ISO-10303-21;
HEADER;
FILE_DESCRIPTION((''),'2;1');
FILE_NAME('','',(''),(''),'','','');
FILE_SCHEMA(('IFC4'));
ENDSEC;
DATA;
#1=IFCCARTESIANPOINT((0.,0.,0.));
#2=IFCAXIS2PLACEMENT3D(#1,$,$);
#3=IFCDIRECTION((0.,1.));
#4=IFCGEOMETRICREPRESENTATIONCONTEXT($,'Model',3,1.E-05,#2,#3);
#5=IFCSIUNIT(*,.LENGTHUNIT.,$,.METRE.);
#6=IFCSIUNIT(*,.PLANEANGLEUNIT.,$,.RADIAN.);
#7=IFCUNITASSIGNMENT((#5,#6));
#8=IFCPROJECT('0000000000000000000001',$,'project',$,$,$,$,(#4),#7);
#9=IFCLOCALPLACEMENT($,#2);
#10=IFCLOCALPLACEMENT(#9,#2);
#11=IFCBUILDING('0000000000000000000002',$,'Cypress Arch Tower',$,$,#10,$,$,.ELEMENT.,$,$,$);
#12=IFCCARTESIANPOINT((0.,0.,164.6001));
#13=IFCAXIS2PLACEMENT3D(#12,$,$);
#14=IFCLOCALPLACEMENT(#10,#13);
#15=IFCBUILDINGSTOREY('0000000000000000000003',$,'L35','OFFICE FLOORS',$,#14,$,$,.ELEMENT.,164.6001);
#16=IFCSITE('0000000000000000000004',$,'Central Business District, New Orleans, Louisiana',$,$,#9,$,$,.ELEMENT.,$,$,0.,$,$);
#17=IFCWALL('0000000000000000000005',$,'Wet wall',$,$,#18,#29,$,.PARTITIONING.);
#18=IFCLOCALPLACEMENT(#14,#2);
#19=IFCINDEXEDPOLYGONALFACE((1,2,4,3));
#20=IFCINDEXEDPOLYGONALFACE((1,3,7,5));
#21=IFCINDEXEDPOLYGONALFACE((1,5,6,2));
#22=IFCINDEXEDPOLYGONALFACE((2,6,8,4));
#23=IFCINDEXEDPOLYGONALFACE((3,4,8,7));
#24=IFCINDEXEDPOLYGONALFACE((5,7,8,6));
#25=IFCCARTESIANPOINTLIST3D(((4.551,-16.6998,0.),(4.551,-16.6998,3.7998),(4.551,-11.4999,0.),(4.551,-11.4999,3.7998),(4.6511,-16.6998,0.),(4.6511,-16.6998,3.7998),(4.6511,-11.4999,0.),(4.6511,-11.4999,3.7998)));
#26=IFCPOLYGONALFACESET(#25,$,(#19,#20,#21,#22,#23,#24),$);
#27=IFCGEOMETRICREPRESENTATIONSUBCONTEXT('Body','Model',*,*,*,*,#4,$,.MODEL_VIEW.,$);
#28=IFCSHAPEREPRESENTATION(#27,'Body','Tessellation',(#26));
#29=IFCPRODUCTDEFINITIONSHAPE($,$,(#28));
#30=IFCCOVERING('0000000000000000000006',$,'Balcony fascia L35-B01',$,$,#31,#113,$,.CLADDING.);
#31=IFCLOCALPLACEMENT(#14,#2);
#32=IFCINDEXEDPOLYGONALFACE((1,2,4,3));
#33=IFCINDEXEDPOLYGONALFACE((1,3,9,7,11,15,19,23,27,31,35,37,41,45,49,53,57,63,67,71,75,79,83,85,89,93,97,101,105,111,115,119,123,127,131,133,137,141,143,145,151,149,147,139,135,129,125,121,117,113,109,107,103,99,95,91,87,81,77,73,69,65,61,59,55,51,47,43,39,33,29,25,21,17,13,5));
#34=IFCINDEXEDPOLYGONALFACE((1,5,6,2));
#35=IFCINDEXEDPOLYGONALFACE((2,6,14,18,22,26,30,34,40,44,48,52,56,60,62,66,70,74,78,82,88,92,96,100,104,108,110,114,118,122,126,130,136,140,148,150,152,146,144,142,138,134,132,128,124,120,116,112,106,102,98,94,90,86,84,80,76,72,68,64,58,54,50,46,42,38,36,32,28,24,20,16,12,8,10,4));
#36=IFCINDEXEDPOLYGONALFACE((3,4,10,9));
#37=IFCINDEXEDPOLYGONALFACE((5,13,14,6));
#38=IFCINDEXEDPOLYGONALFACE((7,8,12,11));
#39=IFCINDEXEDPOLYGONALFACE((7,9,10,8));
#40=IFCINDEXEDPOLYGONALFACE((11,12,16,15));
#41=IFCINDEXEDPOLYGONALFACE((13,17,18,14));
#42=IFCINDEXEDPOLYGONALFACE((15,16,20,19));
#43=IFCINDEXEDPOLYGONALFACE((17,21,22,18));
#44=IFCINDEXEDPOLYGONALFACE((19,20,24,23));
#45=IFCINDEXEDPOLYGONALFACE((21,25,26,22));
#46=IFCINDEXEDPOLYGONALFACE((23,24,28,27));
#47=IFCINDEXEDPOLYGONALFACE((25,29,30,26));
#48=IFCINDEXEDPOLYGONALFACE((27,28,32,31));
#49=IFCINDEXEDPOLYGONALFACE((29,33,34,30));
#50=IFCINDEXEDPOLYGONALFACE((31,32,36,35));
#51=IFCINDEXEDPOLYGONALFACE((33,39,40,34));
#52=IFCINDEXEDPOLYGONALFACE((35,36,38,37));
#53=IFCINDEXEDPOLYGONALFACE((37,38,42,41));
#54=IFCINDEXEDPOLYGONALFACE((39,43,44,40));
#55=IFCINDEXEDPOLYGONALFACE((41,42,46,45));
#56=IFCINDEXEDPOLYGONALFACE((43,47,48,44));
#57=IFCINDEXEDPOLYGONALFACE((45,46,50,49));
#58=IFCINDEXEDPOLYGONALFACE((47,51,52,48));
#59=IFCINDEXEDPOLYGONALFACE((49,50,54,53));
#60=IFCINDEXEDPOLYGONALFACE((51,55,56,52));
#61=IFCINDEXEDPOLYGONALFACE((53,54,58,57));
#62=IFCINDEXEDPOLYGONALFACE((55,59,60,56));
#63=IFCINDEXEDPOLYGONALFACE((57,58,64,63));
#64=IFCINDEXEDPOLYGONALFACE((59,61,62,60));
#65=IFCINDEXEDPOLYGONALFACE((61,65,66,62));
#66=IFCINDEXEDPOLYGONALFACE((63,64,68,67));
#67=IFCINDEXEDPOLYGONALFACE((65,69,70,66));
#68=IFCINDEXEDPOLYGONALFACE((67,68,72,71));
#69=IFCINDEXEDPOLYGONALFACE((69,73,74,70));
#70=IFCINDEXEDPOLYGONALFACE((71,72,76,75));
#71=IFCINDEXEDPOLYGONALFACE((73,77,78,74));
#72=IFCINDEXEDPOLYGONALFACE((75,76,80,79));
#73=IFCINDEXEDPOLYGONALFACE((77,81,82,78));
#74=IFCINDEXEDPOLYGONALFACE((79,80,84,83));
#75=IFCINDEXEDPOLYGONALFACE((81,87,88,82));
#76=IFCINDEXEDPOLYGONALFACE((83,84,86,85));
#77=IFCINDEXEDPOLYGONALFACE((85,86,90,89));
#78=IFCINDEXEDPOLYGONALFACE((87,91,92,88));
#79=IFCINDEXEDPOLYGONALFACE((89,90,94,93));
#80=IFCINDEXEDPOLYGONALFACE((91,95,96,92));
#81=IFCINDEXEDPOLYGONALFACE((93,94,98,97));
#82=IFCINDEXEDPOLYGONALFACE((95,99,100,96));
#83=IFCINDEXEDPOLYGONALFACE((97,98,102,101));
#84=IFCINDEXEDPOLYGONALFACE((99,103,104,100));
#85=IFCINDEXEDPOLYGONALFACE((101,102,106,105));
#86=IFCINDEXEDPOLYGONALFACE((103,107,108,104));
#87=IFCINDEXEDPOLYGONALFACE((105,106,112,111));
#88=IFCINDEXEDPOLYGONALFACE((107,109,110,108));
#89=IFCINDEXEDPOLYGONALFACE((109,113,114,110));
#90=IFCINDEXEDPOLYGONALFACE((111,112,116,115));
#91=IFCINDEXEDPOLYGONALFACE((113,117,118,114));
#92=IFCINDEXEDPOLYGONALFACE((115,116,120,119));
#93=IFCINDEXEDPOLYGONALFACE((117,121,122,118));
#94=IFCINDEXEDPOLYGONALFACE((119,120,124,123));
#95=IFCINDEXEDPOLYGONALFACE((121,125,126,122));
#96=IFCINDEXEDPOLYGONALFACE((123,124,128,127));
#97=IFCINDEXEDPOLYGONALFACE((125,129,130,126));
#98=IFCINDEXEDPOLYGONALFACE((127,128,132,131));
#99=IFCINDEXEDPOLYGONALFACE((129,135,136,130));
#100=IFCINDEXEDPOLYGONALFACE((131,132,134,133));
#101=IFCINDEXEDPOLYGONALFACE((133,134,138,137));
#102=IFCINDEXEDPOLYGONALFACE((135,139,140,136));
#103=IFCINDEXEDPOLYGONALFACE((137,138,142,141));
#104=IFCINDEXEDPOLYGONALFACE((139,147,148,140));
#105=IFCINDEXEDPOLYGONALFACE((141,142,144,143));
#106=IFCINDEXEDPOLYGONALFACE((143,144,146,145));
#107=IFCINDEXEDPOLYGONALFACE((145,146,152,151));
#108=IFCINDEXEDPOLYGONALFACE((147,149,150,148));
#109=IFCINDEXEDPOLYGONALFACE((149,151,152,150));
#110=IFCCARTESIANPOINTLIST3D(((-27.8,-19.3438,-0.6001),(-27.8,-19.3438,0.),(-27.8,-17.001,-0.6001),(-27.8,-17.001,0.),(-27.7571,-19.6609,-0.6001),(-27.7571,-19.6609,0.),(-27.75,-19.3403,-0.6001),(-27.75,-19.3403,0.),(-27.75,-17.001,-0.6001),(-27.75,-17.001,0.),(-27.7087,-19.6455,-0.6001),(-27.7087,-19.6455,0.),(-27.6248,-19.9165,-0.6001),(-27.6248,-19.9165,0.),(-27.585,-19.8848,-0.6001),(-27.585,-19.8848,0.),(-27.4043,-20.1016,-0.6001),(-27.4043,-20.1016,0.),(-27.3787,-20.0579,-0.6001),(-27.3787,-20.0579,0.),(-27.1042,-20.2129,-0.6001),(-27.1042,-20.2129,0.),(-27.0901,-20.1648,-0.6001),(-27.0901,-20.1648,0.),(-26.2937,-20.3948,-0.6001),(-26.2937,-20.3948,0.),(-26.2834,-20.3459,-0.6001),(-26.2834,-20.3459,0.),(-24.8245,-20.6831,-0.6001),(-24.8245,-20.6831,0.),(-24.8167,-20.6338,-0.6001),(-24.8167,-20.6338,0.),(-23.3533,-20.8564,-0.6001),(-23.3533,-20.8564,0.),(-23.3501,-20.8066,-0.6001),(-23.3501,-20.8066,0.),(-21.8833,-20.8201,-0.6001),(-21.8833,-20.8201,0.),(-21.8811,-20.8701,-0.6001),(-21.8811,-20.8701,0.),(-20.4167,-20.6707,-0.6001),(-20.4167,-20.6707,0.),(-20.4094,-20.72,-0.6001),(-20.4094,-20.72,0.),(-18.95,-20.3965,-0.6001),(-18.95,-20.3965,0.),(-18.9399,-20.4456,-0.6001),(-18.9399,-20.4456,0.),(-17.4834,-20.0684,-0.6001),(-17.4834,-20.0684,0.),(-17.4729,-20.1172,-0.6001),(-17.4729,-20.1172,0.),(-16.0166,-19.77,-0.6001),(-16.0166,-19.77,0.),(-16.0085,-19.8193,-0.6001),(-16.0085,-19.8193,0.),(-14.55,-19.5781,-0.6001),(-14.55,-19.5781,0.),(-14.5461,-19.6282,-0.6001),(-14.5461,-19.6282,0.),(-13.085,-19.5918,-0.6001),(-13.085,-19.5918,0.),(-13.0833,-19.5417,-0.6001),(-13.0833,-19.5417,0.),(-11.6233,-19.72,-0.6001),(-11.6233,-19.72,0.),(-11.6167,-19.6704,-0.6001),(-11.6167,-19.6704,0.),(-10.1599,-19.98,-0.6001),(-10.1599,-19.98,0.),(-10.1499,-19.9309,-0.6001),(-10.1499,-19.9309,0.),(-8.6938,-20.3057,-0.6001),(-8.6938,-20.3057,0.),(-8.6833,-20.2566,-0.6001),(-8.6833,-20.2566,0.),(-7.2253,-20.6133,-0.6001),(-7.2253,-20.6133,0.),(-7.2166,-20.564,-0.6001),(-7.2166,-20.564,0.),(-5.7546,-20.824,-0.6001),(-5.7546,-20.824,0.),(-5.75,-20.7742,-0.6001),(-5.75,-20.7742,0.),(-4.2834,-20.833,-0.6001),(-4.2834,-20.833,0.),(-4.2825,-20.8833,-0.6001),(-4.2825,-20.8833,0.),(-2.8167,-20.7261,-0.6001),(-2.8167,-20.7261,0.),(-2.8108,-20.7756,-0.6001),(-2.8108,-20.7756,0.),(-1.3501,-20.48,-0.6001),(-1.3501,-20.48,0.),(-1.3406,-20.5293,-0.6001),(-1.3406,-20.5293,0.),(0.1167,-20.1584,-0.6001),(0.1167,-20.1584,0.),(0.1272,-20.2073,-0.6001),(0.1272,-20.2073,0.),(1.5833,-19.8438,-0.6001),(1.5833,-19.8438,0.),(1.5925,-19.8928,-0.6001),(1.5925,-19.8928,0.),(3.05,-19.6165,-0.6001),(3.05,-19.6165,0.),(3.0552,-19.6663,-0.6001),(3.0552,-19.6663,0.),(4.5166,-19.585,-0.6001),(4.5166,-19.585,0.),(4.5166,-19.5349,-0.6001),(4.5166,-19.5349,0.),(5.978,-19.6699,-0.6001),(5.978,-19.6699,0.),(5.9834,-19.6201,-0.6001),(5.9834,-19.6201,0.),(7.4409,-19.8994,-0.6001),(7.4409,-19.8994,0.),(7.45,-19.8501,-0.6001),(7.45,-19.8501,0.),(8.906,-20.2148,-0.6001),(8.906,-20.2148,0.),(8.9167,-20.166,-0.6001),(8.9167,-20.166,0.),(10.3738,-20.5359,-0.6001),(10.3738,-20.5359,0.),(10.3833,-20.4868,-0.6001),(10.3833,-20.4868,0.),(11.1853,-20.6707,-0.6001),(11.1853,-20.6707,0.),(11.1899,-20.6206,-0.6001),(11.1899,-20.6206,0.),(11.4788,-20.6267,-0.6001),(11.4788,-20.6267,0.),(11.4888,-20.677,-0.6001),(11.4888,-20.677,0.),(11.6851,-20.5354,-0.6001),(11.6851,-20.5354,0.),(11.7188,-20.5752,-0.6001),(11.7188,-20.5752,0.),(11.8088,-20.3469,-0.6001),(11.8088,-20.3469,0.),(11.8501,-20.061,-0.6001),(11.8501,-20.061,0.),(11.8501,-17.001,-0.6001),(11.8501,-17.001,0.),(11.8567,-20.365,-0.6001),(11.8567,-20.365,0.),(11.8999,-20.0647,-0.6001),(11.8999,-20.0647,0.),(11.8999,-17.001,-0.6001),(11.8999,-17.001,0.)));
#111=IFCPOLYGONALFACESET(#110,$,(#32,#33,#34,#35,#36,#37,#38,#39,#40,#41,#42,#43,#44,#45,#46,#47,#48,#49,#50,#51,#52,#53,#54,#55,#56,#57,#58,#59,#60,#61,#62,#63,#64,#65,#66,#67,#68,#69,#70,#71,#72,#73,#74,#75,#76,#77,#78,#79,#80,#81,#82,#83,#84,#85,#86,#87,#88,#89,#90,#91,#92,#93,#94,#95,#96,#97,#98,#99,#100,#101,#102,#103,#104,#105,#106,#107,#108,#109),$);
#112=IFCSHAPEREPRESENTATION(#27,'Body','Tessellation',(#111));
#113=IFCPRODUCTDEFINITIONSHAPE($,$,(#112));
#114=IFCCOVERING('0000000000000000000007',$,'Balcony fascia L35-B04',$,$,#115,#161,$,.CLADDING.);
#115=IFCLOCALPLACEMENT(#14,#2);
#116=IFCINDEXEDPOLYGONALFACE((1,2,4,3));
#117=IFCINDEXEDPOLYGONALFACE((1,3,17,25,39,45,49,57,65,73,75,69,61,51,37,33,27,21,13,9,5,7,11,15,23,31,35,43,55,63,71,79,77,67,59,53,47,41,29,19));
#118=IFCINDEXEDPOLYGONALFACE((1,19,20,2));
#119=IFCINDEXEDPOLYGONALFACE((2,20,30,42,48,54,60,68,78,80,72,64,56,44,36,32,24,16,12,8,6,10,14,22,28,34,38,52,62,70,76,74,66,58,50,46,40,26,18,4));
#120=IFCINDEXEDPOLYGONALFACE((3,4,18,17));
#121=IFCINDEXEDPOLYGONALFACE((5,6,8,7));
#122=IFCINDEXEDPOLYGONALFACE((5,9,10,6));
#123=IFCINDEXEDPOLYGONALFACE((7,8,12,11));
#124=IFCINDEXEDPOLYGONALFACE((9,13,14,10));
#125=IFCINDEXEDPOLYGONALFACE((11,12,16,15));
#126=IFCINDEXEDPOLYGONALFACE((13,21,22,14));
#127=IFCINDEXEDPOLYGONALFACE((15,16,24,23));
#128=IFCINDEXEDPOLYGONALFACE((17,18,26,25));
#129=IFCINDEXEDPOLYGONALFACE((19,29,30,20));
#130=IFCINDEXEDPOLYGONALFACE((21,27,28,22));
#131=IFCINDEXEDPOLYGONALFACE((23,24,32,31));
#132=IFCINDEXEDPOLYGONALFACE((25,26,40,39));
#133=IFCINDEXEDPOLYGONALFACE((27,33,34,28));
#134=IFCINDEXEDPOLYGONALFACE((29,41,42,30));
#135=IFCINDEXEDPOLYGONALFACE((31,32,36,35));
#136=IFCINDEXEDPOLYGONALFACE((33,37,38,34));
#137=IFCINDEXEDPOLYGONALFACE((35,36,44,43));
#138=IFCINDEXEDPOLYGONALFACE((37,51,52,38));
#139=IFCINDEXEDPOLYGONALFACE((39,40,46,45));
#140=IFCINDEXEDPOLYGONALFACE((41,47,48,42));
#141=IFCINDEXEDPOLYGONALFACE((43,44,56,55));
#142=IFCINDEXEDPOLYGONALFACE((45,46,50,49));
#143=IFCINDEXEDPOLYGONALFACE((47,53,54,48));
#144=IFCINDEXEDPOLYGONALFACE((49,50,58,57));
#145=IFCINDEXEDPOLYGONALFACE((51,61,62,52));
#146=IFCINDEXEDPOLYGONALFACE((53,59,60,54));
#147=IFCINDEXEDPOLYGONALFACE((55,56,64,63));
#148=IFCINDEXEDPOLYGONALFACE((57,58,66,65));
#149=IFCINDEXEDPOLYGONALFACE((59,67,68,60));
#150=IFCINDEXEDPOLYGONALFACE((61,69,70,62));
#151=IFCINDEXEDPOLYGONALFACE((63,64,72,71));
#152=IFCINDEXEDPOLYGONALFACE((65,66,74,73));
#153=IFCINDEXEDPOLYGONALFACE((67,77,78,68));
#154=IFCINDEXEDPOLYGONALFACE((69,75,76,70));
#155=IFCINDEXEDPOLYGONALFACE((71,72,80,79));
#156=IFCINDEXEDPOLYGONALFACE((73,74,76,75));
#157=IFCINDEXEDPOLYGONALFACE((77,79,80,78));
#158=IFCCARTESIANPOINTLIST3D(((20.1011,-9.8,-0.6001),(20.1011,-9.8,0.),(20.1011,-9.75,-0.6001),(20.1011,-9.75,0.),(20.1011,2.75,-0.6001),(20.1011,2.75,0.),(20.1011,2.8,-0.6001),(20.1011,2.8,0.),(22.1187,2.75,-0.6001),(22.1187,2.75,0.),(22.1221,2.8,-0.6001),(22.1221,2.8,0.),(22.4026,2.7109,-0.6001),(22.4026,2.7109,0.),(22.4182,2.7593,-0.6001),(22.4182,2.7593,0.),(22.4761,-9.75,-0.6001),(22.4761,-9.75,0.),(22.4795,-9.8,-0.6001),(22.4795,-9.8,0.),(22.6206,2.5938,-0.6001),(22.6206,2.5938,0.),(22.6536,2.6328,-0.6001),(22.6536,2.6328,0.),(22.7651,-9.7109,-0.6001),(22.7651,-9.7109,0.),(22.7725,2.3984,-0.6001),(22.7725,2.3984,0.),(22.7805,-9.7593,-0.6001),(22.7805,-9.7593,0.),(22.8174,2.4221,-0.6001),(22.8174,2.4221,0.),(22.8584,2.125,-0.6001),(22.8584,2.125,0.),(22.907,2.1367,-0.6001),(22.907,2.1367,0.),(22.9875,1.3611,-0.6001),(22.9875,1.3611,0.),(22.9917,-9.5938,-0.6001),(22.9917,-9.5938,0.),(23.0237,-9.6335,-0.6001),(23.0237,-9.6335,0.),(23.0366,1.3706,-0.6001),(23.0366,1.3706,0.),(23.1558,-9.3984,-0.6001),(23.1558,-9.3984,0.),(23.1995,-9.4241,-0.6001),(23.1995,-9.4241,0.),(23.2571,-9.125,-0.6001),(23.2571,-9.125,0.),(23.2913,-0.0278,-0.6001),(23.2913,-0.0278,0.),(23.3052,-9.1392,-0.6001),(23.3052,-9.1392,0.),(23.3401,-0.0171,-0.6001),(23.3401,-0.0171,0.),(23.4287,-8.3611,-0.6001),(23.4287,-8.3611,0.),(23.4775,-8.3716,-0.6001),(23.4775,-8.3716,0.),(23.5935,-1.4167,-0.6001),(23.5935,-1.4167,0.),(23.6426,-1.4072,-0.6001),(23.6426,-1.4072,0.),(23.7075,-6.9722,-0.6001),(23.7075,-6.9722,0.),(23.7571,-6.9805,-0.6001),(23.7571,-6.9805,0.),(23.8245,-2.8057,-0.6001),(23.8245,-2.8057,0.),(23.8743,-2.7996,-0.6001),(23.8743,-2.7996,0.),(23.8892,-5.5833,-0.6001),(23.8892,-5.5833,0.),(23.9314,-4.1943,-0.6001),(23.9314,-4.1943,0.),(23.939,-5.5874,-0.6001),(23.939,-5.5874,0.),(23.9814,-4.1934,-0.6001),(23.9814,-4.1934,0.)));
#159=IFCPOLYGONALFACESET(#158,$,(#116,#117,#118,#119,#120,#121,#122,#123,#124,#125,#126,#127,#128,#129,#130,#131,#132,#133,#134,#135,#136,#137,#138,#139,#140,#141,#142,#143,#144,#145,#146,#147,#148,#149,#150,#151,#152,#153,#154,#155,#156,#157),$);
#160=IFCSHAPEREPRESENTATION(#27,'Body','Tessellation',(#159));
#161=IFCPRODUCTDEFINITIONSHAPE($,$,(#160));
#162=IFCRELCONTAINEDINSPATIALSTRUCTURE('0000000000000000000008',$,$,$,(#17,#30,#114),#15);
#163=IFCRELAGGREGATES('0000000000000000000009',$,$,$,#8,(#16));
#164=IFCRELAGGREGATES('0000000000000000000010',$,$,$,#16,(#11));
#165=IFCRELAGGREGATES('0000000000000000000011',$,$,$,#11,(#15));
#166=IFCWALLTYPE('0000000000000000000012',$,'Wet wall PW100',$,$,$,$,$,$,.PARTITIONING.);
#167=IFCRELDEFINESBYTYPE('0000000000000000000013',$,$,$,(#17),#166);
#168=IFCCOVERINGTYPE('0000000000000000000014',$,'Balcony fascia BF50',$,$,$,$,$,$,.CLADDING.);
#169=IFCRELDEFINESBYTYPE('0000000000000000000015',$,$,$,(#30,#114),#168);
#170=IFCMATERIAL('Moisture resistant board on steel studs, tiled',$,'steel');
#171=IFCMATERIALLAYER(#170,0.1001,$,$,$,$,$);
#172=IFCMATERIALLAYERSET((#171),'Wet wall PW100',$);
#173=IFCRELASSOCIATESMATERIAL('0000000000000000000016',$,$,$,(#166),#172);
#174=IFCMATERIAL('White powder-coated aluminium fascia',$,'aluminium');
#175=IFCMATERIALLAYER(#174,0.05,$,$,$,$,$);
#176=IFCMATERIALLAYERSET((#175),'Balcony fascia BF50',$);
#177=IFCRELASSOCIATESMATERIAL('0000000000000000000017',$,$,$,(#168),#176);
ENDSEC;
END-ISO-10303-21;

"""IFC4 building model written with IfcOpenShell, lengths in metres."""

from ifc_helpers import new_model, si_unit, direction, frame, frame_2d, origin, place, context, subcontext, project, spatial, polyline, rectangle, outline, extrude, material, layer, layer_set, type_object, element, save


model = new_model("IFC4")

# Units and contexts
model_context = context("Model", 3, precision=1e-05, world=origin(), true_north=direction((0.0, 1.0)))
body_context = subcontext(model_context, "Body", "Model", "MODEL_VIEW")
ifc_project = project(units=[si_unit("LENGTHUNIT", "METRE"), si_unit("PLANEANGLEUNIT", "RADIAN")], contexts=[model_context])

# Site, building, storey
site_placement = place(None, origin())
site = spatial("IfcSite", under=ifc_project, at=site_placement, Name="Central Business District, New Orleans, Louisiana", CompositionType="ELEMENT", RefElevation=0.0)
building_placement = place(site_placement, origin())
building = spatial("IfcBuilding", under=site, at=building_placement, Name="Cypress Arch Tower", CompositionType="ELEMENT")
storey_placement = place(building_placement, frame((0.0, 0.0, 164.6001)))
storey = spatial("IfcBuildingStorey", under=building, at=storey_placement, Name="L35", Description="OFFICE FLOORS", CompositionType="ELEMENT", Elevation=164.6001)

# Wall
ifc_material_1 = material(Name="Moisture resistant board on steel studs, tiled", Category="steel")
ifc_layer_1 = layer(ifc_material_1, 0.1001)
ifc_layer_set_1 = layer_set([ifc_layer_1], Name="Wet wall PW100")
wall_type_1 = type_object("IfcWallType", Name="Wet wall PW100", PredefinedType="PARTITIONING", material=ifc_layer_set_1)
wall_1_placement = place(storey_placement, frame((4.6011, -16.7, 0.0), z_axis=(0.0, 0.0, 1.0), x_axis=(0.0, 1.0, 0.0)))
element("IfcWall", 1, at=wall_1_placement, inside=storey, type_object=wall_type_1, Name="Wet wall", PredefinedType="PARTITIONING", context=body_context, shape_type="SweptSolid", body=[
    extrude(rectangle(XDim=5.2, YDim=0.1001, at=frame_2d((2.6001, 0.0))), origin(), (0.0, 0.0, 1.0), 3.7998),
])

# Coverings
ifc_material_2 = material(Name="White powder-coated aluminium fascia", Category="aluminium")
ifc_layer_2 = layer(ifc_material_2, 0.05)
ifc_layer_set_2 = layer_set([ifc_layer_2], Name="Balcony fascia BF50")
covering_type_1 = type_object("IfcCoveringType", Name="Balcony fascia BF50", PredefinedType="CLADDING", material=ifc_layer_set_2)
covering_1_placement = place(storey_placement, frame((0.0, 0.0, -0.6001)))
element("IfcCovering", 2, at=covering_1_placement, inside=storey, type_object=covering_type_1, Name="Balcony fascia L35-B01", PredefinedType="CLADDING", context=body_context, shape_type="SweptSolid", body=[
    extrude(outline(polyline([(11.8999, -20.0647), (11.8567, -20.365), (11.7188, -20.5752), (11.4888, -20.677), (11.1853, -20.6707), (10.3738, -20.5359), (8.906, -20.2148), (7.4409, -19.8994), (5.978, -19.6699), (4.5166, -19.585), (3.0552, -19.6663), (1.5925, -19.8928), (0.1272, -20.2073), (-1.3406, -20.5293), (-2.8108, -20.7756), (-4.2825, -20.8833), (-5.7546, -20.824), (-7.2253, -20.6133), (-8.6938, -20.3057), (-10.1599, -19.98), (-11.6233, -19.72), (-13.085, -19.5918), (-14.5461, -19.6282), (-16.0085, -19.8193), (-17.4729, -20.1172), (-18.9399, -20.4456), (-20.4094, -20.72), (-21.8811, -20.8701), (-23.3533, -20.8564), (-24.8245, -20.6831), (-26.2937, -20.3948), (-27.1042, -20.2129), (-27.4043, -20.1016), (-27.6248, -19.9165), (-27.7571, -19.6609), (-27.8, -19.3438), (-27.8, -17.001), (-27.75, -17.001), (-27.75, -19.3403), (-27.7087, -19.6455), (-27.585, -19.8848), (-27.3787, -20.0579), (-27.0901, -20.1648), (-26.2834, -20.3459), (-24.8167, -20.6338), (-23.3501, -20.8066), (-21.8833, -20.8201), (-20.4167, -20.6707), (-18.95, -20.3965), (-17.4834, -20.0684), (-16.0166, -19.77), (-14.55, -19.5781), (-13.0833, -19.5417), (-11.6167, -19.6704), (-10.1499, -19.9309), (-8.6833, -20.2566), (-7.2166, -20.564), (-5.75, -20.7742), (-4.2834, -20.833), (-2.8167, -20.7261), (-1.3501, -20.48), (0.1167, -20.1584), (1.5833, -19.8438), (3.05, -19.6165), (4.5166, -19.5349), (5.9834, -19.6201), (7.45, -19.8501), (8.9167, -20.166), (10.3833, -20.4868), (11.1899, -20.6206), (11.4788, -20.6267), (11.6851, -20.5354), (11.8088, -20.3469), (11.8501, -20.061), (11.8501, -17.001), (11.8999, -17.001), (11.8999, -20.0647)])), origin(), (0.0, 0.0, 1.0), 0.6001),
])
covering_2_placement = place(storey_placement, frame((0.0, 0.0, -0.6001)))
element("IfcCovering", 3, at=covering_2_placement, inside=storey, type_object=covering_type_1, Name="Balcony fascia L35-B04", PredefinedType="CLADDING", context=body_context, shape_type="SweptSolid", body=[
    extrude(outline(polyline([(22.1221, 2.8), (22.4182, 2.7593), (22.6536, 2.6328), (22.8174, 2.4221), (22.907, 2.1367), (23.0366, 1.3706), (23.3401, -0.0171), (23.6426, -1.4072), (23.8743, -2.7996), (23.9814, -4.1934), (23.939, -5.5874), (23.7571, -6.9805), (23.4775, -8.3716), (23.3052, -9.1392), (23.1995, -9.4241), (23.0237, -9.6335), (22.7805, -9.7593), (22.4795, -9.8), (20.1011, -9.8), (20.1011, -9.75), (22.4761, -9.75), (22.7651, -9.7109), (22.9917, -9.5938), (23.1558, -9.3984), (23.2571, -9.125), (23.4287, -8.3611), (23.7075, -6.9722), (23.8892, -5.5833), (23.9314, -4.1943), (23.8245, -2.8057), (23.5935, -1.4167), (23.2913, -0.0278), (22.9875, 1.3611), (22.8584, 2.125), (22.7725, 2.3984), (22.6206, 2.5938), (22.4026, 2.7109), (22.1187, 2.75), (20.1011, 2.75), (20.1011, 2.8), (22.1221, 2.8)])), origin(), (0.0, 0.0, 1.0), 0.6001),
])

save(model, "model.ifc")
